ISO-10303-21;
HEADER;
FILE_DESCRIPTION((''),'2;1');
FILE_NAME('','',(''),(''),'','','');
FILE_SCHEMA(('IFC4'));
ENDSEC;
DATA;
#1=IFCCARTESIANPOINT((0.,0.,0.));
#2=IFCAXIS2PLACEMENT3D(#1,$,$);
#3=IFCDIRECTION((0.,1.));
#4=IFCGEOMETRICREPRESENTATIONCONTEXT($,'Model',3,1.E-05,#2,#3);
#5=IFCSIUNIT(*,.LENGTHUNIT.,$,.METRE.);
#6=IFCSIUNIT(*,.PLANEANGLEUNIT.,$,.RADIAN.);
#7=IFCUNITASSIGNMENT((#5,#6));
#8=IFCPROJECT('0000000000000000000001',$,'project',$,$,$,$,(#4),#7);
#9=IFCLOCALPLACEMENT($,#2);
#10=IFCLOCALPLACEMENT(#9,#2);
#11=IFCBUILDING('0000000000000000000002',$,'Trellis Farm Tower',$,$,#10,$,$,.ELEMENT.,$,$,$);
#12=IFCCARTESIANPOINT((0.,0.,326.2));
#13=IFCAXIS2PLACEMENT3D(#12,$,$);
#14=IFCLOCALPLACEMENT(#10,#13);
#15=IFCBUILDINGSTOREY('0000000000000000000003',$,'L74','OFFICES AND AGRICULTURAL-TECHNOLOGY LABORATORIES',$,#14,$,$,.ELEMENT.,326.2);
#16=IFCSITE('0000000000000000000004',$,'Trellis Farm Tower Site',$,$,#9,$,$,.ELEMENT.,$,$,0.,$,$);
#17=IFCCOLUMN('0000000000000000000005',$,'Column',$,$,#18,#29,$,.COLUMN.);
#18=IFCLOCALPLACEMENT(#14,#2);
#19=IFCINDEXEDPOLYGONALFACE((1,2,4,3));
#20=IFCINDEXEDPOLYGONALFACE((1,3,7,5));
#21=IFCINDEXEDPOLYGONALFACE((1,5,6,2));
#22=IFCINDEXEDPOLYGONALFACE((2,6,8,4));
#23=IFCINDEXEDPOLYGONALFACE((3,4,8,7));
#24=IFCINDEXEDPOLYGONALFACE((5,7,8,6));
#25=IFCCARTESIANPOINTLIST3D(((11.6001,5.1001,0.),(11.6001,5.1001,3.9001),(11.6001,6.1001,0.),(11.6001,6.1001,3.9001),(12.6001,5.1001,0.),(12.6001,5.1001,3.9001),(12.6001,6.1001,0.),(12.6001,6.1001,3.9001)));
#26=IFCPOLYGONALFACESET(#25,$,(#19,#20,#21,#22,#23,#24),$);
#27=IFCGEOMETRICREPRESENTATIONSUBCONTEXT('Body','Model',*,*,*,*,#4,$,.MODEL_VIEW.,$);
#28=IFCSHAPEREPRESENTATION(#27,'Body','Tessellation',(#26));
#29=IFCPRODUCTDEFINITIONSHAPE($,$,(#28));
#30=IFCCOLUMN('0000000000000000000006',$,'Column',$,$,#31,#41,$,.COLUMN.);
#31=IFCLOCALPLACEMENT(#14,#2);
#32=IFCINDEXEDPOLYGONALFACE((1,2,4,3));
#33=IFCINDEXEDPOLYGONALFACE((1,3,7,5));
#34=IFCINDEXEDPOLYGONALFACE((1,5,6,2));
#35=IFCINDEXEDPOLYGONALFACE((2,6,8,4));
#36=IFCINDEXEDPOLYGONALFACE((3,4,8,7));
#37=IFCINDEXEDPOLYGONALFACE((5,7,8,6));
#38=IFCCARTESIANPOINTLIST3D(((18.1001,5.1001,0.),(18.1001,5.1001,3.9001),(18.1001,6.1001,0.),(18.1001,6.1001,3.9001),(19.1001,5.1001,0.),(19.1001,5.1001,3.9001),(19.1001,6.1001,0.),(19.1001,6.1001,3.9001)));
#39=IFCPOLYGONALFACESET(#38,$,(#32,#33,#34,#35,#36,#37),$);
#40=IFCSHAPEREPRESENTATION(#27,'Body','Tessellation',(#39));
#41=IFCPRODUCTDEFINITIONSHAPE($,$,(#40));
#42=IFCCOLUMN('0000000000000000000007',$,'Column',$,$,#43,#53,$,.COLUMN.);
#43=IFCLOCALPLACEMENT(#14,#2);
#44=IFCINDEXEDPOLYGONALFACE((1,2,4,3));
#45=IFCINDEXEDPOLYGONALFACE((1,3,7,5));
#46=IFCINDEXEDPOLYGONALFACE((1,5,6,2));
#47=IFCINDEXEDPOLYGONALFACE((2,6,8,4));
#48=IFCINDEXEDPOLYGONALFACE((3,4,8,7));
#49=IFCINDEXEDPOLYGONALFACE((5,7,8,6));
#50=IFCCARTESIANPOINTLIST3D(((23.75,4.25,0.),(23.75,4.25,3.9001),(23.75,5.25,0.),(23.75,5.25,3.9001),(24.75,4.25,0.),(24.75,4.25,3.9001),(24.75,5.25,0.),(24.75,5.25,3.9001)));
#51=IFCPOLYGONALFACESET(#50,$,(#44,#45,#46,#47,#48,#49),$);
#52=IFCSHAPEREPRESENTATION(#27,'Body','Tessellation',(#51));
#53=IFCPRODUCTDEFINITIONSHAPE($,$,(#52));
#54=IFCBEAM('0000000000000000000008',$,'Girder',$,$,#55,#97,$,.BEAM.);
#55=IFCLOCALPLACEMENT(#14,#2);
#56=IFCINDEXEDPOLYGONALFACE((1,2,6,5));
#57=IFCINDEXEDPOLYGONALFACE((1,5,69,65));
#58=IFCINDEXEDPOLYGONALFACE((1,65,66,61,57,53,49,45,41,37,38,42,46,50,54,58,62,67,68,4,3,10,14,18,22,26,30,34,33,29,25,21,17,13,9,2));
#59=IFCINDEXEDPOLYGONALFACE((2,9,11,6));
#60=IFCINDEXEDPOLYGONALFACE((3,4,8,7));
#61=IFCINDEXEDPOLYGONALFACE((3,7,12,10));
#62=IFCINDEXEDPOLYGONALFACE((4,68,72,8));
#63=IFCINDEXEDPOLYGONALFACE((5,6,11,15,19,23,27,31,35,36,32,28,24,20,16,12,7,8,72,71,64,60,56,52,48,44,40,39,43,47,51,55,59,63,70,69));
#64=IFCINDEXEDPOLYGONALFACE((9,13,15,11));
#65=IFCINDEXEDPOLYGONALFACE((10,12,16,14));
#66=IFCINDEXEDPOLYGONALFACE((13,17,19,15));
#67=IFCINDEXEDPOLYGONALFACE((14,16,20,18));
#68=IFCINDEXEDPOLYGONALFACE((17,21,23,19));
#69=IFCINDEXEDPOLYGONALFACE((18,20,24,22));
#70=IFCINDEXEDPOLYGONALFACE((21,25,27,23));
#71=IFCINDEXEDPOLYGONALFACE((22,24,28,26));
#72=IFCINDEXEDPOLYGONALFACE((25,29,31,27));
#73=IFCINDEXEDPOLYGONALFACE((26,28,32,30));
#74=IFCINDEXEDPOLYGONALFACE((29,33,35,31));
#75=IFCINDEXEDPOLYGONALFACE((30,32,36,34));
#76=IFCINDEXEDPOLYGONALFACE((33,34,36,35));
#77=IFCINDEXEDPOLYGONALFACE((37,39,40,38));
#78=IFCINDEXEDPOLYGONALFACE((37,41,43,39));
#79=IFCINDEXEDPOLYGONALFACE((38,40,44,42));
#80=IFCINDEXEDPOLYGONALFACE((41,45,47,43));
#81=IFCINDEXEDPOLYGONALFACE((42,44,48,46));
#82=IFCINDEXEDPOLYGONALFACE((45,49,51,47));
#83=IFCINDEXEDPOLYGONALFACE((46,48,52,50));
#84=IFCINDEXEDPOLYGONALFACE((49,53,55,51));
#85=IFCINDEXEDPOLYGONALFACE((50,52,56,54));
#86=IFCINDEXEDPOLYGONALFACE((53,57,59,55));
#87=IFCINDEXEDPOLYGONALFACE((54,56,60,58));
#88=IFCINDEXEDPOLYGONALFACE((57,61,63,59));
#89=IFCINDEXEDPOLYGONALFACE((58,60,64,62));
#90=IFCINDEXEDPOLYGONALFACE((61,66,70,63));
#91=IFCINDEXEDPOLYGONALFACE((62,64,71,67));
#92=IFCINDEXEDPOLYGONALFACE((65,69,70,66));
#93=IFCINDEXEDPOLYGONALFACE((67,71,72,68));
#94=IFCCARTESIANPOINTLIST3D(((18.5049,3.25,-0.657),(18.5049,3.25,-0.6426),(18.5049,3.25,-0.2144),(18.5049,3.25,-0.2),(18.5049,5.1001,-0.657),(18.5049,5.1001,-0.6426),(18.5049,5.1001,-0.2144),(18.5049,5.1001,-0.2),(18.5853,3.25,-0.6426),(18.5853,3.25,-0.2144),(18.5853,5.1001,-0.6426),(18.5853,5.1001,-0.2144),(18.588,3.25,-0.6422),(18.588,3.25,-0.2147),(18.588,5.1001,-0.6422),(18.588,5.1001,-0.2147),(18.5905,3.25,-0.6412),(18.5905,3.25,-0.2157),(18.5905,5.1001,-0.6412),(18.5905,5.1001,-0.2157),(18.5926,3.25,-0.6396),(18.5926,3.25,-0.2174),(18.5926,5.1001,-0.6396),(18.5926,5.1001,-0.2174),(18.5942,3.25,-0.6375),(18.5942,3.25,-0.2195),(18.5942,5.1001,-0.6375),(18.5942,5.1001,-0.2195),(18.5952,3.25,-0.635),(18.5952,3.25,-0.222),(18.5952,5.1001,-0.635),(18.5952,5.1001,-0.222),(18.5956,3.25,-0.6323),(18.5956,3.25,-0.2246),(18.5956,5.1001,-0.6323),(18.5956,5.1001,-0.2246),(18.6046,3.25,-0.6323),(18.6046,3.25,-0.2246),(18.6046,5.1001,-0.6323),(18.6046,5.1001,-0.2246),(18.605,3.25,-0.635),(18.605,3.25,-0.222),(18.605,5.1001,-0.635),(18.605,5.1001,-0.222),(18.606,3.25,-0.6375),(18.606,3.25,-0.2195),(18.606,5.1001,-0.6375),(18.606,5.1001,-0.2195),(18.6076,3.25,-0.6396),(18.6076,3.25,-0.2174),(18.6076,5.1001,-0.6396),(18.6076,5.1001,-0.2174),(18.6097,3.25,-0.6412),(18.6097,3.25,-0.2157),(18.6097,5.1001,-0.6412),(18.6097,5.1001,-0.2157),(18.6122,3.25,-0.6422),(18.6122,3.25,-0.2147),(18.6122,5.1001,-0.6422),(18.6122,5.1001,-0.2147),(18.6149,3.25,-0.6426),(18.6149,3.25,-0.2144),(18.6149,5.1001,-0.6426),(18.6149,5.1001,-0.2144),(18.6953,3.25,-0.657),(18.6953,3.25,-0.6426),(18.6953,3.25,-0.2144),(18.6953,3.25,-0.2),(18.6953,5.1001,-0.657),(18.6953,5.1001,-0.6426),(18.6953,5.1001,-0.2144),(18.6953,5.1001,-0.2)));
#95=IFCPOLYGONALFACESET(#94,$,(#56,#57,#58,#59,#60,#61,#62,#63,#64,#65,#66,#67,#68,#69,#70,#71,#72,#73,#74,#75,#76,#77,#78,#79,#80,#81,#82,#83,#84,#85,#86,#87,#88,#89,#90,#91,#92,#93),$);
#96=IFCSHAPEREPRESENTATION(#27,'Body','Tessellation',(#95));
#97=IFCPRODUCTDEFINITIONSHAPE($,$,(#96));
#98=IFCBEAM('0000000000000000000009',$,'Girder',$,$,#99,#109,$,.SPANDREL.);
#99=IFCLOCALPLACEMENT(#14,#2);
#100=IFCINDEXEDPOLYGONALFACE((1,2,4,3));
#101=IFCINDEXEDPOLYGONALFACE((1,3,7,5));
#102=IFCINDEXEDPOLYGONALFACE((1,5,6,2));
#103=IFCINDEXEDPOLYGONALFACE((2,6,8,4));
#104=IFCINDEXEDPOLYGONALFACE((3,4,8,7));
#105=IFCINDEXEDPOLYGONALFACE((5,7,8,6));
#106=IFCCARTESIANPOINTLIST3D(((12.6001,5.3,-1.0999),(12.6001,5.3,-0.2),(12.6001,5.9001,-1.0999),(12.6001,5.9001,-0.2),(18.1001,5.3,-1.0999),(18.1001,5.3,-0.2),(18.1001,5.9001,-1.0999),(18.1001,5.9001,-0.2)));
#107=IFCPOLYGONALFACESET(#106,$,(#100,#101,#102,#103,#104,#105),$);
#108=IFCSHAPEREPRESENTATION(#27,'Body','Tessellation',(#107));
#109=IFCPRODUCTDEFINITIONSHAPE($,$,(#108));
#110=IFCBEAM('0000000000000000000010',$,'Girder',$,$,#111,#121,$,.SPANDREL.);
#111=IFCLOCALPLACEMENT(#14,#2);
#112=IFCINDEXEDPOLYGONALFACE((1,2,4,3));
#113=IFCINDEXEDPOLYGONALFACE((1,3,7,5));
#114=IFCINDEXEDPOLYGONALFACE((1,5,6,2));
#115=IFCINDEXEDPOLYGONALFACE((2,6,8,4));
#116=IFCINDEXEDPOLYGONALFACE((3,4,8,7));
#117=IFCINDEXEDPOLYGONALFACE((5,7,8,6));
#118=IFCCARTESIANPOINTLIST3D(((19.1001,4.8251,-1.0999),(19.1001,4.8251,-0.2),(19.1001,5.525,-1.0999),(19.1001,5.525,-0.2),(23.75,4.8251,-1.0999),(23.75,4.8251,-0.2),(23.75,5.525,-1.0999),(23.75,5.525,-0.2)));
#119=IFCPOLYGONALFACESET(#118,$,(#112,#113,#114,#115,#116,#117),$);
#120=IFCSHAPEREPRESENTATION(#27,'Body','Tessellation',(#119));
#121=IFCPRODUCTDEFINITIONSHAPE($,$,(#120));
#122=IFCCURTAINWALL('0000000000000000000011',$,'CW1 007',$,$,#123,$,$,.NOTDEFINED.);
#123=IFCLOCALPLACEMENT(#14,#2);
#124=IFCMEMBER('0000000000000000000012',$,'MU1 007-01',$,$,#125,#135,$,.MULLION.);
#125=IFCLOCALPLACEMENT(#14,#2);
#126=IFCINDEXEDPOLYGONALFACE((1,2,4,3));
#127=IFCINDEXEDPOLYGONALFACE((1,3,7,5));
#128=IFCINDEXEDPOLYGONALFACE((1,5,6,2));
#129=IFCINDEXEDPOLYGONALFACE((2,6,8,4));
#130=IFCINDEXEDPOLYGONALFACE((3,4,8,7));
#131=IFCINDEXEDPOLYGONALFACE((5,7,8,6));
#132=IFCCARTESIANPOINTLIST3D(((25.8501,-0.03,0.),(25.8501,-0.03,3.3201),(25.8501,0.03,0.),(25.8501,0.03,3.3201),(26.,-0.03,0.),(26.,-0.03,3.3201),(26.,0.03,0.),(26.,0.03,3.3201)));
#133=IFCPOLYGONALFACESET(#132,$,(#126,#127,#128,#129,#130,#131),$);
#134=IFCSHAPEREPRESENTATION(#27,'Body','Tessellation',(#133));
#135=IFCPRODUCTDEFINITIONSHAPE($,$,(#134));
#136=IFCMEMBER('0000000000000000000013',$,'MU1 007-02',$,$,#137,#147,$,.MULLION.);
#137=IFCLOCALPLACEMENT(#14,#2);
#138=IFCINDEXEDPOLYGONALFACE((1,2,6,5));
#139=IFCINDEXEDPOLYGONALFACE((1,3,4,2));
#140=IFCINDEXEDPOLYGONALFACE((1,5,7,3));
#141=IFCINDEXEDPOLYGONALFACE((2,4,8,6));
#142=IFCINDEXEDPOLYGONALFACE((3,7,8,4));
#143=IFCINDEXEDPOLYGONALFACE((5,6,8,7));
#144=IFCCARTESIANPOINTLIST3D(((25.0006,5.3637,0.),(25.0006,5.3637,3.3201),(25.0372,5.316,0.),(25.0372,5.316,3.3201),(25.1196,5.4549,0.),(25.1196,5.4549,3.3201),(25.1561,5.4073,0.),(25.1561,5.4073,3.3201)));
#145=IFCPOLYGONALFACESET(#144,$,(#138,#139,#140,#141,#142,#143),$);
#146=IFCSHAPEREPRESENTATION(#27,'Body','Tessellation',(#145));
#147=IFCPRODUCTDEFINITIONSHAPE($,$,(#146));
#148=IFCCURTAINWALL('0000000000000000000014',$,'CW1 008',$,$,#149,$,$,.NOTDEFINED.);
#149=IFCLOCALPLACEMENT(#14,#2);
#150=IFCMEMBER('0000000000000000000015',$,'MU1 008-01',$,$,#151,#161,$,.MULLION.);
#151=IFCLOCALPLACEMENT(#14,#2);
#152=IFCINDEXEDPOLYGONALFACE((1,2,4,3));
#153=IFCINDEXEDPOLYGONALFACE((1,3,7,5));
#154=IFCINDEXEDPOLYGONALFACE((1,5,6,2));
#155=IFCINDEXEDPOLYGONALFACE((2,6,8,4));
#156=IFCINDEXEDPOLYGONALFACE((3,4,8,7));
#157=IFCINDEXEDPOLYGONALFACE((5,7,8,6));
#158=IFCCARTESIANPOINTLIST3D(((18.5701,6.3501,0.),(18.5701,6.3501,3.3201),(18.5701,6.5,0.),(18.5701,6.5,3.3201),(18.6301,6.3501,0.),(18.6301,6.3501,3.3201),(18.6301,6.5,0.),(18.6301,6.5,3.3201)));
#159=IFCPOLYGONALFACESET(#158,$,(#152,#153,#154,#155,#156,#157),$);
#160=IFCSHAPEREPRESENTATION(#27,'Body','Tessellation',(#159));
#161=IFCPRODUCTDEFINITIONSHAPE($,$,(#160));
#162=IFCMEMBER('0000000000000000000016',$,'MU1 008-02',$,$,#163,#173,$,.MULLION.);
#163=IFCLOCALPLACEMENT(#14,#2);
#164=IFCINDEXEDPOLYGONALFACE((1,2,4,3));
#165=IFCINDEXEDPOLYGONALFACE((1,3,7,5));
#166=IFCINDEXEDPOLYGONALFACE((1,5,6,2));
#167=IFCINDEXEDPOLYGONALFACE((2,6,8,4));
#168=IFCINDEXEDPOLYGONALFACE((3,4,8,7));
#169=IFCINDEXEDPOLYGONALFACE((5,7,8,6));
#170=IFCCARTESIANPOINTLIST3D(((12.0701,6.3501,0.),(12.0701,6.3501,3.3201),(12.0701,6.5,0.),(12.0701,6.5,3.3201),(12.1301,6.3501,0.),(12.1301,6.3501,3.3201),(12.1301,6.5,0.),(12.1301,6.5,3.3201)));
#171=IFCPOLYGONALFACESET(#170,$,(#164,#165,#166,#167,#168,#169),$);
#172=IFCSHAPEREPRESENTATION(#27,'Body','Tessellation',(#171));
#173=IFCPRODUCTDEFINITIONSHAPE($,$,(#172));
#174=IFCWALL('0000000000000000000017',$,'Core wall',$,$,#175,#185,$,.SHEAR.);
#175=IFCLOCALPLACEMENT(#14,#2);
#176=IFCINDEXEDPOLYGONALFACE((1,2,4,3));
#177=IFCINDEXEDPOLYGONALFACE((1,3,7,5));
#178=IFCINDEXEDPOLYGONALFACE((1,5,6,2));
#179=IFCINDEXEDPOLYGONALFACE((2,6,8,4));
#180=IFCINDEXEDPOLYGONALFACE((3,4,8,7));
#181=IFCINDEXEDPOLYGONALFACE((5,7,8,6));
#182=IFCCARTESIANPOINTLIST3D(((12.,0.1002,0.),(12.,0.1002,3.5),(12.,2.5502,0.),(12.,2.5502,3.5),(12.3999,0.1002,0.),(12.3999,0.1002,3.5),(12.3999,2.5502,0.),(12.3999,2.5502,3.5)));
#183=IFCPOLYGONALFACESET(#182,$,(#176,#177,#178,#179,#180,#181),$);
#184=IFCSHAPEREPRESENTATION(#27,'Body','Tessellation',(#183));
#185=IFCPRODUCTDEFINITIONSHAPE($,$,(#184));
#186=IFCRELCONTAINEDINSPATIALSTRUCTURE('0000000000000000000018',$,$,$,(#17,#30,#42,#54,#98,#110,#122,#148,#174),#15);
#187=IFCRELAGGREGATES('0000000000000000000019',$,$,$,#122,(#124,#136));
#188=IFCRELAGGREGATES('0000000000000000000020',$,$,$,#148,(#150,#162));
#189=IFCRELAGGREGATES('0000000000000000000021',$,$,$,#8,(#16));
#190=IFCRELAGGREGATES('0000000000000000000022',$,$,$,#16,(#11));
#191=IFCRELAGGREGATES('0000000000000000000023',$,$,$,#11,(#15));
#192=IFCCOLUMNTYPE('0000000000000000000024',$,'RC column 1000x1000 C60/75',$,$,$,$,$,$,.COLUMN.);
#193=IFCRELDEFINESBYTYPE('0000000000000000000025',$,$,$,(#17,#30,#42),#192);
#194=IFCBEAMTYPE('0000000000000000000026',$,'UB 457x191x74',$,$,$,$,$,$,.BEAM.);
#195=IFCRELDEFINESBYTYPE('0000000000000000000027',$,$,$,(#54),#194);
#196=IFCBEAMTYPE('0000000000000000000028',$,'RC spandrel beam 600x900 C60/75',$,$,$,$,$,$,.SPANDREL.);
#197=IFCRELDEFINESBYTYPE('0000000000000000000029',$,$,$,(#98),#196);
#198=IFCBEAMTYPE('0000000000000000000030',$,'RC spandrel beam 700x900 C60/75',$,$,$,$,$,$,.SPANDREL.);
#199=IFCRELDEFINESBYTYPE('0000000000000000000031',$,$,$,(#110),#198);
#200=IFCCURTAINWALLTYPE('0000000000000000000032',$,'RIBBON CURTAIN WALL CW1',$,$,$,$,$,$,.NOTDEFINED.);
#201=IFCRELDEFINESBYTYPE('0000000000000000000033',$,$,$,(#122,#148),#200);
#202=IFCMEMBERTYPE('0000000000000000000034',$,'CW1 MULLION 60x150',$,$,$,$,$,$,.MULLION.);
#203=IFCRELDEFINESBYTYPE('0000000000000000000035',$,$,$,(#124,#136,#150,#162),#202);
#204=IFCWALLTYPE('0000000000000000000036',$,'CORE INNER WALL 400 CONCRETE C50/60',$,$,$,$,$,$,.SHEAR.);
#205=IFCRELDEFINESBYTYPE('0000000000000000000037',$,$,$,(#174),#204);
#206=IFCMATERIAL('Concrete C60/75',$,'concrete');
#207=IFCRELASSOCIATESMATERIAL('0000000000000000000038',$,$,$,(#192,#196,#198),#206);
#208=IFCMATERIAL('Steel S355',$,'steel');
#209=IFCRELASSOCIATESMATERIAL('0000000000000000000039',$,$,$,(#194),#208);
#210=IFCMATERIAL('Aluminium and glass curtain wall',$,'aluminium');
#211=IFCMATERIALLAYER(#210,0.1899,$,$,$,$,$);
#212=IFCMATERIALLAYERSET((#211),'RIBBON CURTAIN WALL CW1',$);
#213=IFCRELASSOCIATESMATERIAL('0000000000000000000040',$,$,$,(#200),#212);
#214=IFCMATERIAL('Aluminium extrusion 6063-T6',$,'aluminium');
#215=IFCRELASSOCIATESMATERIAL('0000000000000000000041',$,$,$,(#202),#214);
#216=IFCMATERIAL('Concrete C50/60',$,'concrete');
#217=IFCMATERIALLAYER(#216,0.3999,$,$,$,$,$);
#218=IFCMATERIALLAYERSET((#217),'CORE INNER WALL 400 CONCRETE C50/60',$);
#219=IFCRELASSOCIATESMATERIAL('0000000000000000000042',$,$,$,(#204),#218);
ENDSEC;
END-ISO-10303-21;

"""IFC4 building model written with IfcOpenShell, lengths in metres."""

from ifc_helpers import new_model, si_unit, direction, frame, frame_2d, origin, origin_2d, place, context, subcontext, project, spatial, rectangle, i_section, extrude, source, transform, mapped, material, layer, layer_set, material_profile, profile_set, type_object, element, aggregate, save


model = new_model("IFC4")

# Units and contexts
model_context = context("Model", 3, precision=1e-05, world=origin(), true_north=direction((0.0, 1.0)))
body_context = subcontext(model_context, "Body", "Model", "MODEL_VIEW")
ifc_project = project(units=[si_unit("LENGTHUNIT", "METRE"), si_unit("PLANEANGLEUNIT", "RADIAN")], contexts=[model_context])

# Site, building, storey
site_placement = place(None, origin())
site = spatial("IfcSite", under=ifc_project, at=site_placement, Name="Trellis Farm Tower Site", CompositionType="ELEMENT", RefElevation=0.0)
building_placement = place(site_placement, origin())
building = spatial("IfcBuilding", under=site, at=building_placement, Name="Trellis Farm Tower", CompositionType="ELEMENT")
storey_placement = place(building_placement, frame((0.0, 0.0, 326.2)))
storey = spatial("IfcBuildingStorey", under=building, at=storey_placement, Name="L74", Description="OFFICES AND AGRICULTURAL-TECHNOLOGY LABORATORIES", CompositionType="ELEMENT", Elevation=326.2)

# Columns
ifc_material_1 = material(Name="Concrete C60/75", Category="concrete")
ifc_material_profile_1 = material_profile(ifc_material_1, rectangle(XDim=1.0, YDim=1.0, at=origin_2d()), Name="RC column 1000x1000 C60/75")
ifc_profile_set_1 = profile_set([ifc_material_profile_1], Name="Concrete C60/75")
column_type = type_object("IfcColumnType", Name="RC column 1000x1000 C60/75", PredefinedType="COLUMN", material=ifc_profile_set_1)
shared_shape_1 = source(origin(), body_context, "Body", "SweptSolid", [
    extrude(rectangle(XDim=1.0, YDim=1.0, at=origin_2d()), origin(), (0.0, 0.0, 1.0), 3.9001),
])
for number, where, z_axis, x_axis, name in (
    (1, (12.1001, 5.6001, 0.0), (0.0, 0.0, 1.0), (1.0, 0.0, 0.0), "Column"),
    (2, (18.6001, 5.6001, 0.0), (0.0, 0.0, 1.0), (1.0, 0.0, 0.0), "Column"),
    (3, (24.25, 4.75, 0.0), (0.0, 0.0, 1.0), (1.0, 0.0, 0.0), "Column"),
):
    element("IfcColumn", number, at=place(storey_placement, frame(where, z_axis=z_axis, x_axis=x_axis)), inside=storey, type_object=column_type, Name=name, PredefinedType="COLUMN", context=body_context, shape_type="MappedRepresentation", body=[
        mapped(shared_shape_1, transform((0.0, 0.0, 0.0))),
    ])

# Beams
ifc_material_2 = material(Name="Steel S355", Category="steel")
ifc_material_profile_2 = material_profile(ifc_material_2, i_section(OverallWidth=0.1904, OverallDepth=0.457, WebThickness=0.009, FlangeThickness=0.0144, FilletRadius=0.0103, at=origin_2d()), Name="UB 457x191x74")
ifc_profile_set_2 = profile_set([ifc_material_profile_2], Name="Steel S355")
beam_type_1 = type_object("IfcBeamType", Name="UB 457x191x74", PredefinedType="BEAM", material=ifc_profile_set_2)
shared_shape_2 = source(origin(), body_context, "Body", "SweptSolid", [
    extrude(i_section(OverallWidth=0.1904, OverallDepth=0.457, WebThickness=0.009, FlangeThickness=0.0144, FilletRadius=0.0103, at=origin_2d()), origin(), (0.0, 0.0, 1.0), 1.8501),
])
beam_1_placement = place(storey_placement, frame((18.6001, 3.25, -0.4285), z_axis=(0.0, 1.0, 0.0), x_axis=(-1.0, 0.0, 0.0)))
element("IfcBeam", 4, at=beam_1_placement, inside=storey, type_object=beam_type_1, Name="Girder", PredefinedType="BEAM", context=body_context, shape_type="MappedRepresentation", body=[
    mapped(shared_shape_2, transform((0.0, 0.0, 0.0))),
])
ifc_material_profile_3 = material_profile(ifc_material_1, rectangle(XDim=0.6001, YDim=0.8999, at=origin_2d()), Name="RC spandrel beam 600x900 C60/75")
ifc_profile_set_3 = profile_set([ifc_material_profile_3], Name="Concrete C60/75")
beam_type_2 = type_object("IfcBeamType", Name="RC spandrel beam 600x900 C60/75", PredefinedType="SPANDREL", material=ifc_profile_set_3)
shared_shape_3 = source(origin(), body_context, "Body", "SweptSolid", [
    extrude(rectangle(XDim=0.6001, YDim=0.8999, at=origin_2d()), origin(), (0.0, 0.0, 1.0), 5.5),
])
beam_2_placement = place(storey_placement, frame((12.6001, 5.6001, -0.6499), z_axis=(1.0, 0.0, 0.0), x_axis=(0.0, 1.0, 0.0)))
element("IfcBeam", 5, at=beam_2_placement, inside=storey, type_object=beam_type_2, Name="Girder", PredefinedType="SPANDREL", context=body_context, shape_type="MappedRepresentation", body=[
    mapped(shared_shape_3, transform((0.0, 0.0, 0.0))),
])
ifc_material_profile_4 = material_profile(ifc_material_1, rectangle(XDim=0.7, YDim=0.8999, at=origin_2d()), Name="RC spandrel beam 700x900 C60/75")
ifc_profile_set_4 = profile_set([ifc_material_profile_4], Name="Concrete C60/75")
beam_type_3 = type_object("IfcBeamType", Name="RC spandrel beam 700x900 C60/75", PredefinedType="SPANDREL", material=ifc_profile_set_4)
shared_shape_4 = source(origin(), body_context, "Body", "SweptSolid", [
    extrude(rectangle(XDim=0.7, YDim=0.8999, at=origin_2d()), origin(), (0.0, 0.0, 1.0), 4.6499),
])
beam_3_placement = place(storey_placement, frame((19.1001, 5.175, -0.6499), z_axis=(1.0, 0.0, 0.0), x_axis=(0.0, 1.0, 0.0)))
element("IfcBeam", 6, at=beam_3_placement, inside=storey, type_object=beam_type_3, Name="Girder", PredefinedType="SPANDREL", context=body_context, shape_type="MappedRepresentation", body=[
    mapped(shared_shape_4, transform((0.0, 0.0, 0.0))),
])

# Curtain walls, members
ifc_material_3 = material(Name="Aluminium and glass curtain wall", Category="aluminium")
ifc_layer_1 = layer(ifc_material_3, 0.1899)
ifc_layer_set_1 = layer_set([ifc_layer_1], Name="RIBBON CURTAIN WALL CW1")
curtain_wall_type = type_object("IfcCurtainWallType", Name="RIBBON CURTAIN WALL CW1", PredefinedType="NOTDEFINED", material=ifc_layer_set_1)
placement = place(storey_placement, origin())
curtain_wall_1 = element("IfcCurtainWall", 7, at=placement, inside=storey, type_object=curtain_wall_type, Name="CW1 007", PredefinedType="NOTDEFINED")
ifc_material_4 = material(Name="Aluminium extrusion 6063-T6", Category="aluminium")
ifc_material_profile_5 = material_profile(ifc_material_4, rectangle(XDim=0.0601, YDim=0.1499, at=origin_2d()), Name="MULLION 60x150")
ifc_profile_set_5 = profile_set([ifc_material_profile_5], Name="Aluminium extrusion 6063-T6")
member_type = type_object("IfcMemberType", Name="CW1 MULLION 60x150", PredefinedType="MULLION", material=ifc_profile_set_5)
shared_shape_5 = source(origin(), body_context, "Body", "SweptSolid", [
    extrude(rectangle(XDim=0.0601, YDim=0.1499, at=origin_2d()), origin(), (0.0, 0.0, 1.0), 3.3201),
])
member_1_placement = place(storey_placement, frame((25.925, 0.0, 0.0), z_axis=(0.0, 0.0, 1.0), x_axis=(0.0, 1.0, 0.0)))
member_1 = element("IfcMember", 8, at=member_1_placement, type_object=member_type, Name="MU1 007-01", PredefinedType="MULLION", context=body_context, shape_type="MappedRepresentation", body=[
    mapped(shared_shape_5, transform((0.0, 0.0, 0.0))),
])
member_2_placement = place(storey_placement, frame((25.0784, 5.3855, 0.0), z_axis=(0.0, 0.0, 1.0), x_axis=(-0.608761, 0.793353, 0.0)))
member_2 = element("IfcMember", 9, at=member_2_placement, type_object=member_type, Name="MU1 007-02", PredefinedType="MULLION", context=body_context, shape_type="MappedRepresentation", body=[
    mapped(shared_shape_5, transform((0.0, 0.0, 0.0))),
])
aggregate(curtain_wall_1, [member_1, member_2])
curtain_wall_2 = element("IfcCurtainWall", 10, at=placement, inside=storey, type_object=curtain_wall_type, Name="CW1 008", PredefinedType="NOTDEFINED")
member_3_placement = place(storey_placement, frame((18.6001, 6.425, 0.0), z_axis=(0.0, 0.0, 1.0), x_axis=(-1.0, 0.0, 0.0)))
member_3 = element("IfcMember", 11, at=member_3_placement, type_object=member_type, Name="MU1 008-01", PredefinedType="MULLION", context=body_context, shape_type="MappedRepresentation", body=[
    mapped(shared_shape_5, transform((0.0, 0.0, 0.0))),
])
member_4_placement = place(storey_placement, frame((12.1001, 6.425, 0.0), z_axis=(0.0, 0.0, 1.0), x_axis=(-1.0, 0.0, 0.0)))
member_4 = element("IfcMember", 12, at=member_4_placement, type_object=member_type, Name="MU1 008-02", PredefinedType="MULLION", context=body_context, shape_type="MappedRepresentation", body=[
    mapped(shared_shape_5, transform((0.0, 0.0, 0.0))),
])
aggregate(curtain_wall_2, [member_3, member_4])

# Wall
ifc_material_5 = material(Name="Concrete C50/60", Category="concrete")
ifc_layer_2 = layer(ifc_material_5, 0.3999)
ifc_layer_set_2 = layer_set([ifc_layer_2], Name="CORE INNER WALL 400 CONCRETE C50/60")
wall_type_1 = type_object("IfcWallType", Name="CORE INNER WALL 400 CONCRETE C50/60", PredefinedType="SHEAR", material=ifc_layer_set_2)
shared_shape_6 = source(origin(), body_context, "Body", "SweptSolid", [
    extrude(rectangle(XDim=2.45, YDim=0.3999, at=frame_2d((1.2251, 0.0))), origin(), (0.0, 0.0, 1.0), 3.5),
])
for number, where, z_axis, x_axis, name in (
    (13, (12.2, 0.1001, 0.0), (0.0, 0.0, 1.0), (0.0, 1.0, 0.0), "Core wall"),
):
    element("IfcWall", number, at=place(storey_placement, frame(where, z_axis=z_axis, x_axis=x_axis)), inside=storey, type_object=wall_type_1, Name=name, PredefinedType="SHEAR", context=body_context, shape_type="MappedRepresentation", body=[
        mapped(shared_shape_6, transform((0.0, 0.0, 0.0))),
    ])

save(model, "model.ifc")
